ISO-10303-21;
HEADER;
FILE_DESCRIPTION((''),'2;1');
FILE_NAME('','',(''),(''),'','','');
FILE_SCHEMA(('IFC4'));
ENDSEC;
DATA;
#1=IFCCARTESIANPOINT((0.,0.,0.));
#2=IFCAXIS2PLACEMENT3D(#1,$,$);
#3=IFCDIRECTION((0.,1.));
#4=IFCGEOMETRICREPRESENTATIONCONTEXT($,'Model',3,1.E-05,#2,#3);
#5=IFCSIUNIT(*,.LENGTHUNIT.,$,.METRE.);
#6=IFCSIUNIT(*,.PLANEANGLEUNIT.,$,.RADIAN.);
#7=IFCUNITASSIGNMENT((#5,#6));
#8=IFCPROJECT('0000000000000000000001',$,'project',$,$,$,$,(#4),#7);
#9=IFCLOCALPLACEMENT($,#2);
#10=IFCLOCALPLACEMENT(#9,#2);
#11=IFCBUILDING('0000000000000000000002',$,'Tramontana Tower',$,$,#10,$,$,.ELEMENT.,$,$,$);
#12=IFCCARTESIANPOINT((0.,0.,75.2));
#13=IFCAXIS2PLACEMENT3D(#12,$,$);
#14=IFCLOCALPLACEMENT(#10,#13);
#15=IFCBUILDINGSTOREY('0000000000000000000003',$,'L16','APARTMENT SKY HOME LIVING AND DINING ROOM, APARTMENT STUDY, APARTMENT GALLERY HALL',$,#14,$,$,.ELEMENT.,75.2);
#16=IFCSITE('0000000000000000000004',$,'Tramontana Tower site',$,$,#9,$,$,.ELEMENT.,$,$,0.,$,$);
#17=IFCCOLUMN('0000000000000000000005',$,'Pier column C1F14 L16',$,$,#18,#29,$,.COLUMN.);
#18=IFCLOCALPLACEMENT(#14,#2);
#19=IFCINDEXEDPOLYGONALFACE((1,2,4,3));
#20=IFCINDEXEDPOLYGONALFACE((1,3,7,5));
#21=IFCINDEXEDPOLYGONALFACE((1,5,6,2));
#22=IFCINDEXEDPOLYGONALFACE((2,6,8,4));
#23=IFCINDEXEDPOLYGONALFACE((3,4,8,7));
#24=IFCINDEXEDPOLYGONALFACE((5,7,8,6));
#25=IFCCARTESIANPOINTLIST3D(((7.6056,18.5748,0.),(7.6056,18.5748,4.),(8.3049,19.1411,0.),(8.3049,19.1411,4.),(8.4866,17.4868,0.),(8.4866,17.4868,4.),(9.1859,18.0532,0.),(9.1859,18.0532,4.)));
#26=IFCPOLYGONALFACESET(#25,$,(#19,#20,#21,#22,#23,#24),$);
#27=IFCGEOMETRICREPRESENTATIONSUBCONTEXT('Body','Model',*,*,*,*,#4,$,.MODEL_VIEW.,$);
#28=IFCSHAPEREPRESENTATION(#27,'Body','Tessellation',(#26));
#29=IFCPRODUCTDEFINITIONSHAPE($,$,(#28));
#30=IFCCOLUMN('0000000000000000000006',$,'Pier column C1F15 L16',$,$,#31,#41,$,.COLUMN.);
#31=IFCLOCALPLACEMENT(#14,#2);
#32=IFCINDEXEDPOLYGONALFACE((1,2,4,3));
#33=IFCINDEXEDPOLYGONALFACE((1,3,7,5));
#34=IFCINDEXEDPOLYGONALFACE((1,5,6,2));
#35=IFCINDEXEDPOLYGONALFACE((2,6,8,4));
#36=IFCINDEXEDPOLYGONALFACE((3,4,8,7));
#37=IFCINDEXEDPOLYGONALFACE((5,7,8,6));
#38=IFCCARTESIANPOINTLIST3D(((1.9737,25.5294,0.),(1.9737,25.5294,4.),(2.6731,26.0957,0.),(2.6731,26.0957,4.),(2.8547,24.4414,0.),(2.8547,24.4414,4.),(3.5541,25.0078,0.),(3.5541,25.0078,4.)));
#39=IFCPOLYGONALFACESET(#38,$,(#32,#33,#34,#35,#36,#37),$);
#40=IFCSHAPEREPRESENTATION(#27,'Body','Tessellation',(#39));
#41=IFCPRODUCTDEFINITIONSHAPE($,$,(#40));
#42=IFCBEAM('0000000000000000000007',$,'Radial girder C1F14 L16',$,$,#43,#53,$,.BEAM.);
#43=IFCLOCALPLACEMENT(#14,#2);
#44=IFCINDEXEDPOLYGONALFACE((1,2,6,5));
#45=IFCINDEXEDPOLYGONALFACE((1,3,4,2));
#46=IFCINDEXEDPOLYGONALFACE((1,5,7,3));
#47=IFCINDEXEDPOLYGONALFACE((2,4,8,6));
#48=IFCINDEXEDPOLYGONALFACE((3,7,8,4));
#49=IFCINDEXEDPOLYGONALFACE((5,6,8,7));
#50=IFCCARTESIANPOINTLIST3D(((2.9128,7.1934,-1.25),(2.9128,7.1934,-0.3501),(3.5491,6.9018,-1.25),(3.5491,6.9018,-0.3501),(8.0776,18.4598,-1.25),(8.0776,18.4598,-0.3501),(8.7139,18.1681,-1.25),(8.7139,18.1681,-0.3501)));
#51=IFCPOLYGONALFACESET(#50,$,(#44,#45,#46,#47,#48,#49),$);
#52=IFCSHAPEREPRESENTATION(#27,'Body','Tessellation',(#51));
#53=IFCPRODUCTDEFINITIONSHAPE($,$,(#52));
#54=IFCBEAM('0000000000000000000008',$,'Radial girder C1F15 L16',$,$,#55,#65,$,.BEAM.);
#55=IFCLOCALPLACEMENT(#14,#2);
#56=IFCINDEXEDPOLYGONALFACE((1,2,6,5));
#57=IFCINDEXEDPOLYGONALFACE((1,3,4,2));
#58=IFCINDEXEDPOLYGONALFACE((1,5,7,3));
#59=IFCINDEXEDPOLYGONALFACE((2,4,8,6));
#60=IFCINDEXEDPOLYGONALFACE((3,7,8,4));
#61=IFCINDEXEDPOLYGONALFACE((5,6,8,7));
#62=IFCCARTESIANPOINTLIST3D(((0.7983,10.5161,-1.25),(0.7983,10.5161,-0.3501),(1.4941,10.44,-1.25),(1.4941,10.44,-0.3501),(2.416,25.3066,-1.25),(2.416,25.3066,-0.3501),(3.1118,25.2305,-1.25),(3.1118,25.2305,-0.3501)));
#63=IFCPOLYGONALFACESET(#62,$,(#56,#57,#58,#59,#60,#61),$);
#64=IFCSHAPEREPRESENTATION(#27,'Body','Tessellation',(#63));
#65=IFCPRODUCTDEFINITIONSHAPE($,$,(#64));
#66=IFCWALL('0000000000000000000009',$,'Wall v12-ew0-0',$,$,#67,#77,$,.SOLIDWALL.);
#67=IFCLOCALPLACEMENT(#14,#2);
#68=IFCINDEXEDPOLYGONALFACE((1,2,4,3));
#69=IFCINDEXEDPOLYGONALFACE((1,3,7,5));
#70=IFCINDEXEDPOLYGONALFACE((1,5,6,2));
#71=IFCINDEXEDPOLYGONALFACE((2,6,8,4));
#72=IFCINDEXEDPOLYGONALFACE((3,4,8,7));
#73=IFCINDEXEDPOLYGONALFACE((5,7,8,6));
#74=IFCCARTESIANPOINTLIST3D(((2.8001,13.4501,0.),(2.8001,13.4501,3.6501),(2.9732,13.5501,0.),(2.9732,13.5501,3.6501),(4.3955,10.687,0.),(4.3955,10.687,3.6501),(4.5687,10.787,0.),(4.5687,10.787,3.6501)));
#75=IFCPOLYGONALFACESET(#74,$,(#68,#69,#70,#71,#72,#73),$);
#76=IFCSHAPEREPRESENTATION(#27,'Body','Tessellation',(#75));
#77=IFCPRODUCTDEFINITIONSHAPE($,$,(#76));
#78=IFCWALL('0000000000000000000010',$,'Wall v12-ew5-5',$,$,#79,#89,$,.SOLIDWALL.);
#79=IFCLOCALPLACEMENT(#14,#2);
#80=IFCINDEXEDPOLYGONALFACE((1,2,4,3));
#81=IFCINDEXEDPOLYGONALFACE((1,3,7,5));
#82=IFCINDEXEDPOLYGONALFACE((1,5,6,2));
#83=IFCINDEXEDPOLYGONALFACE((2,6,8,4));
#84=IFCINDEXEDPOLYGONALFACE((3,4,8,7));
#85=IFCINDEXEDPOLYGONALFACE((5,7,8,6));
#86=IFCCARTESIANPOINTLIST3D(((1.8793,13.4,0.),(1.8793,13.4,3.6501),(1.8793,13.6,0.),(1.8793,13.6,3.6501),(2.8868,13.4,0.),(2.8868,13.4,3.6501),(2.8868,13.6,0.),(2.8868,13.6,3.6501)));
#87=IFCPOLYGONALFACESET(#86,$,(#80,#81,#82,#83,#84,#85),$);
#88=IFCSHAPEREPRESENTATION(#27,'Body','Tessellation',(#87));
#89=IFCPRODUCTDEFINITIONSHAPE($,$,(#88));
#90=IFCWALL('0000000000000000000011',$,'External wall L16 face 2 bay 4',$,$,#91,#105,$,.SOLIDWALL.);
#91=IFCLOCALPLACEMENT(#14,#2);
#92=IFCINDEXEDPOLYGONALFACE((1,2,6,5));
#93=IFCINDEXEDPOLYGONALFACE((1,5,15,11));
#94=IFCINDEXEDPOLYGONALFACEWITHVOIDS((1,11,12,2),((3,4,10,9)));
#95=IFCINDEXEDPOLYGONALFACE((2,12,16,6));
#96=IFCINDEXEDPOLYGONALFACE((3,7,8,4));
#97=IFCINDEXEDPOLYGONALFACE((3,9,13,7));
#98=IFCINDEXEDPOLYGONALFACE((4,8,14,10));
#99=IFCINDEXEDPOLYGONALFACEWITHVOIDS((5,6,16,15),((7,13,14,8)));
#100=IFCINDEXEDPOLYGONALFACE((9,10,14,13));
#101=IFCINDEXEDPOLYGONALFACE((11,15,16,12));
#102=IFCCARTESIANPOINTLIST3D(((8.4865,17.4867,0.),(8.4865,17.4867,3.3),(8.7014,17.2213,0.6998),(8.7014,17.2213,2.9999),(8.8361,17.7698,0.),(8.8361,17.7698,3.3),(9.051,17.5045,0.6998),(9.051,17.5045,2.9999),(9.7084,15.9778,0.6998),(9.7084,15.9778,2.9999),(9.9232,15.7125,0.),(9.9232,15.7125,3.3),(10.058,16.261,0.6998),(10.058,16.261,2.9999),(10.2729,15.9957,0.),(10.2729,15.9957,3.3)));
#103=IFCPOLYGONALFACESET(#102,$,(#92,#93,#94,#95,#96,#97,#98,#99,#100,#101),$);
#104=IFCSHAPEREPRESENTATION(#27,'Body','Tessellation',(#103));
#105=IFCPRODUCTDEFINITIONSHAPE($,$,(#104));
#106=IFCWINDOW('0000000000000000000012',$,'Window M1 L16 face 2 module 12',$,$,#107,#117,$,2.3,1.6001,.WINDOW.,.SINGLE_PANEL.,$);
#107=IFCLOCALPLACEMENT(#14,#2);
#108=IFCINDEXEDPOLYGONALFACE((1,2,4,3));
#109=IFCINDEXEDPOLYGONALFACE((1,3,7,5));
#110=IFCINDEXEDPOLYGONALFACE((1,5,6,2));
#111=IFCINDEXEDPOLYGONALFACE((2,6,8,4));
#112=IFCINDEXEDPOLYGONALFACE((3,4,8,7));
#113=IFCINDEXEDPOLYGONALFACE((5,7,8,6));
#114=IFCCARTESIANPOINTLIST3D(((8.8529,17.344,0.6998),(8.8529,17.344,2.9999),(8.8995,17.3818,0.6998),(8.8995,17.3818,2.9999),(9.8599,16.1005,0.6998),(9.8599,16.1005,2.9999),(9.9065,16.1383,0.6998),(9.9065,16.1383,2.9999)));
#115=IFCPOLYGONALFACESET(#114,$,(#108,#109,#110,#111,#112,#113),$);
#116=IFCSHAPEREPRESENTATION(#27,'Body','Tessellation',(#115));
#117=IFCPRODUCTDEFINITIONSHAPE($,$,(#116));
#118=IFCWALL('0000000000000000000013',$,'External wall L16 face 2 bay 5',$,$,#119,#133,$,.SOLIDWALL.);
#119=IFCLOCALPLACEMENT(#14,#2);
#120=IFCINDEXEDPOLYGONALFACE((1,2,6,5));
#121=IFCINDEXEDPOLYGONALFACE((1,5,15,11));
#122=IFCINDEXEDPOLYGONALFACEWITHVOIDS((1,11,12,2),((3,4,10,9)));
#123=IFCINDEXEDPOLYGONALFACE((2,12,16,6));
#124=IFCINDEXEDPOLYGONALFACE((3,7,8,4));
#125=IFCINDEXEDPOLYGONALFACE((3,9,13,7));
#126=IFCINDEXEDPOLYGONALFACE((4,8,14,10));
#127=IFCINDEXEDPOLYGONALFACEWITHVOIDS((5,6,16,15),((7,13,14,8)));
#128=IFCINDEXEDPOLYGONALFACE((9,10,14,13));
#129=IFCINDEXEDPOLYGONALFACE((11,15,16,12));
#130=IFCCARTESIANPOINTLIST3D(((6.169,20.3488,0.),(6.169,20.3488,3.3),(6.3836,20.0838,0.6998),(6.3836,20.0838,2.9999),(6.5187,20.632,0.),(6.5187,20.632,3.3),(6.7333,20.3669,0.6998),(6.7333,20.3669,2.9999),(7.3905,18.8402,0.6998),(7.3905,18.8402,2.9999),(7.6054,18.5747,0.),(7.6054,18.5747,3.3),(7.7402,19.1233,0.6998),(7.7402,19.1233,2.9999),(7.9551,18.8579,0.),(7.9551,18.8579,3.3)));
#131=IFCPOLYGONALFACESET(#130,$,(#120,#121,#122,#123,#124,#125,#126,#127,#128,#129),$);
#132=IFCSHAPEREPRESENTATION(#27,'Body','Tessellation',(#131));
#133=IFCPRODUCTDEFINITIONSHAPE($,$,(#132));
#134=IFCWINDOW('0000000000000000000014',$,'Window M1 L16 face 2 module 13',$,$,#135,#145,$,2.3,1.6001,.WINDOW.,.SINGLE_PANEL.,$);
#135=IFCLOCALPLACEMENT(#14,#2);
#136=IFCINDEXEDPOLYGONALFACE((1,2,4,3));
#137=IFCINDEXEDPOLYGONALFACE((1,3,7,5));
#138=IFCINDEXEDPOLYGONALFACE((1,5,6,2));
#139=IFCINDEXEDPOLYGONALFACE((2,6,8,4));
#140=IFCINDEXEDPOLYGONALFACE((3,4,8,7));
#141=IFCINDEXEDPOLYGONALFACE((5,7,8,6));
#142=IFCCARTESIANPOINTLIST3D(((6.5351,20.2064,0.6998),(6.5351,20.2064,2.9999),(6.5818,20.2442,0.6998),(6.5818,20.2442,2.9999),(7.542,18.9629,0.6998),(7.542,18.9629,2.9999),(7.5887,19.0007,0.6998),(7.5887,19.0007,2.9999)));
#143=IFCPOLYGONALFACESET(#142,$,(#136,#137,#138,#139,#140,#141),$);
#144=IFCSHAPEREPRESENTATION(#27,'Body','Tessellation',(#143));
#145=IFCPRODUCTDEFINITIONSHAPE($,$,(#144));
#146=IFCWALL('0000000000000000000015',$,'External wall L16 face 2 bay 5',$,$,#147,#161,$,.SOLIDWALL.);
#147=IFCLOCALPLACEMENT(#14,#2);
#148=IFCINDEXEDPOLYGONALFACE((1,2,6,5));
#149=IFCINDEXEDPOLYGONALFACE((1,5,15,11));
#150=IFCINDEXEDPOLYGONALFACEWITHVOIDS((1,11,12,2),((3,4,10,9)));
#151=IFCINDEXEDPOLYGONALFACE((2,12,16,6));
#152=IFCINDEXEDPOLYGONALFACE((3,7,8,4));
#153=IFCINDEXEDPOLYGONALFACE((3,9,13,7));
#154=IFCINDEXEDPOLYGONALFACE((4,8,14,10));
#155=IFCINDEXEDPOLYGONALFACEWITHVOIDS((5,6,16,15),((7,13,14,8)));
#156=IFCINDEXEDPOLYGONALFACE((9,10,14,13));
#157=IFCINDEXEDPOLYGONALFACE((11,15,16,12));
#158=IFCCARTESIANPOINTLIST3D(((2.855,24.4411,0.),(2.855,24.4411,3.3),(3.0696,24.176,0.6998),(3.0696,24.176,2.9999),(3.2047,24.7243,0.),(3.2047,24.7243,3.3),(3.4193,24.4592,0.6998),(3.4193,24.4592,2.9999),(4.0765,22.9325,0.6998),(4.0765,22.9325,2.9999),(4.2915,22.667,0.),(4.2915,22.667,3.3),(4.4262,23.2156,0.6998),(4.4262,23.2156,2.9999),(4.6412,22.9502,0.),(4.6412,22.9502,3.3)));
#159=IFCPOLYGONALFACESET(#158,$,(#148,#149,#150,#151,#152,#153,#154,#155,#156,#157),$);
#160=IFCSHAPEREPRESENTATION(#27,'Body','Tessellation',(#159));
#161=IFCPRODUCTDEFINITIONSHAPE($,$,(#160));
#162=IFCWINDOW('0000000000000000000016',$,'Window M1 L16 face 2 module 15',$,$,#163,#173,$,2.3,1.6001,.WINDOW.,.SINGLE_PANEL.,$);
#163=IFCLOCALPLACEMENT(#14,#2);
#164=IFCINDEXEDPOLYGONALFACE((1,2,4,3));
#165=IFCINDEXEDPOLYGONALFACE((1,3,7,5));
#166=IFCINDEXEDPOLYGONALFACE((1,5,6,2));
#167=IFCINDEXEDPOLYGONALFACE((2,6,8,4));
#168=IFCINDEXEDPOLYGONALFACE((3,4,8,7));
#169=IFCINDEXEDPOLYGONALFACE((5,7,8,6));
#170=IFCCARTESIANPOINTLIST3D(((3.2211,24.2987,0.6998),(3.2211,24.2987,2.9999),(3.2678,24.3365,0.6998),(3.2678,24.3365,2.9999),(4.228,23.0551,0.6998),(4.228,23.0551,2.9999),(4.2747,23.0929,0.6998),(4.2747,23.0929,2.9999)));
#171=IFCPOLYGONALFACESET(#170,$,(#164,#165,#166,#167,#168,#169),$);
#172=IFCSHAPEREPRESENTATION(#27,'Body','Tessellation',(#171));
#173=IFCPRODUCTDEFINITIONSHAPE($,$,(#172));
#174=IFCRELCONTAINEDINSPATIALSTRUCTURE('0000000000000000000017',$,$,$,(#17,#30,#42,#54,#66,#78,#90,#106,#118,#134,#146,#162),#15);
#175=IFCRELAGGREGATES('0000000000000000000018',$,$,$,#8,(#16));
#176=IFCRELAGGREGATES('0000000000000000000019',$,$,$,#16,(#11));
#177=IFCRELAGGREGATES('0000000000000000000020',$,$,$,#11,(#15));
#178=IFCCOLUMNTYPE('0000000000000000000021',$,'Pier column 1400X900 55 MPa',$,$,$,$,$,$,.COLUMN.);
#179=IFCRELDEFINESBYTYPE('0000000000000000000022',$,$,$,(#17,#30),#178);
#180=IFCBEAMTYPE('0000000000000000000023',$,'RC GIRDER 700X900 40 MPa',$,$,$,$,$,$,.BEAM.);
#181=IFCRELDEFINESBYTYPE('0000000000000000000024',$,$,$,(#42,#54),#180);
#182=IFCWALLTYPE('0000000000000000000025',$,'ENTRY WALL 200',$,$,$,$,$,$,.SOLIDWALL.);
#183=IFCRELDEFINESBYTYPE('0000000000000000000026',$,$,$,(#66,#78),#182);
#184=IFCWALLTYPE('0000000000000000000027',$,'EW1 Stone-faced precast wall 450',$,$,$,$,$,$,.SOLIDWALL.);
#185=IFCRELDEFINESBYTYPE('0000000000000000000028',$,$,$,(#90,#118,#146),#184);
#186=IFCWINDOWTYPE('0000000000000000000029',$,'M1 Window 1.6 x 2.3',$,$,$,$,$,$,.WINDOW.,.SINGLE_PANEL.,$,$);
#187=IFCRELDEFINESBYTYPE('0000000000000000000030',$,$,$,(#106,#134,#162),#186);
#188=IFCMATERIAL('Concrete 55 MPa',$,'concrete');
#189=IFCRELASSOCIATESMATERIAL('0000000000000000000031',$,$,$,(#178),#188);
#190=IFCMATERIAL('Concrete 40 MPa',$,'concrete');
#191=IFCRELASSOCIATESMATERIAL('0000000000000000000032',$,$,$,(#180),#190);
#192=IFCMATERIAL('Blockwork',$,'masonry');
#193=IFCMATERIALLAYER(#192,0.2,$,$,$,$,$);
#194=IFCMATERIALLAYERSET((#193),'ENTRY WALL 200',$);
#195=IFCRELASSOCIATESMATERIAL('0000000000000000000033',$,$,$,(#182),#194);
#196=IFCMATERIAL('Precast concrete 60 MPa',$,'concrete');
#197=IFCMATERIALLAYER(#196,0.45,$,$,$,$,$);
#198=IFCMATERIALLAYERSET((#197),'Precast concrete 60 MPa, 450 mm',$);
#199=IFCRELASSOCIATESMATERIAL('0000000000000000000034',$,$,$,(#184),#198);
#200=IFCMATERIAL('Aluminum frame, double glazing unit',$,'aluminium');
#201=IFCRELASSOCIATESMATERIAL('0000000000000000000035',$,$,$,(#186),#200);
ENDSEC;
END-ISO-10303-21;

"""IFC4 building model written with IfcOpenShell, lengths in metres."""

from ifc_helpers import new_model, si_unit, direction, frame, frame_2d, origin, origin_2d, place, context, subcontext, project, spatial, rectangle, extrude, material, layer, layer_set, material_profile, profile_set, type_object, element, fill, save


model = new_model("IFC4")

# Units and contexts
model_context = context("Model", 3, precision=1e-05, world=origin(), true_north=direction((0.0, 1.0)))
body_context = subcontext(model_context, "Body", "Model", "MODEL_VIEW")
ifc_project = project(units=[si_unit("LENGTHUNIT", "METRE"), si_unit("PLANEANGLEUNIT", "RADIAN")], contexts=[model_context])

# Site, building, storey
site_placement = place(None, origin())
site = spatial("IfcSite", under=ifc_project, at=site_placement, Name="Tramontana Tower site", CompositionType="ELEMENT", RefElevation=0.0)
building_placement = place(site_placement, origin())
building = spatial("IfcBuilding", under=site, at=building_placement, Name="Tramontana Tower", CompositionType="ELEMENT")
storey_placement = place(building_placement, frame((0.0, 0.0, 75.2)))
storey = spatial("IfcBuildingStorey", under=building, at=storey_placement, Name="L16", Description="APARTMENT SKY HOME LIVING AND DINING ROOM, APARTMENT STUDY, APARTMENT GALLERY HALL", CompositionType="ELEMENT", Elevation=75.2)

# Columns
ifc_material_1 = material(Name="Concrete 55 MPa", Category="concrete")
ifc_material_profile_1 = material_profile(ifc_material_1, rectangle(XDim=1.3999, YDim=0.8999, at=origin_2d()), Name="Pier column 1400X900 55 MPa")
ifc_profile_set_1 = profile_set([ifc_material_profile_1], Name="Concrete 55 MPa")
column_type = type_object("IfcColumnType", Name="Pier column 1400X900 55 MPa", PredefinedType="COLUMN", material=ifc_profile_set_1)
for number, where, z_axis, x_axis, name in (
    (1, (8.3958, 18.314, 0.0), (0.0, 0.0, 1.0), (-0.62932, 0.777146, 0.0), "Pier column C1F14 L16"),
    (2, (2.7639, 25.2686, 0.0), (0.0, 0.0, 1.0), (-0.62932, 0.777146, 0.0), "Pier column C1F15 L16"),
):
    element("IfcColumn", number, at=place(storey_placement, frame(where, z_axis=z_axis, x_axis=x_axis)), inside=storey, type_object=column_type, Name=name, PredefinedType="COLUMN", context=body_context, shape_type="SweptSolid", body=[
        extrude(rectangle(XDim=1.3999, YDim=0.8999, at=origin_2d()), origin(), (0.0, 0.0, 1.0), 4.0),
    ])

# Beams
ifc_material_2 = material(Name="Concrete 40 MPa", Category="concrete")
ifc_material_profile_2 = material_profile(ifc_material_2, rectangle(XDim=0.7, YDim=0.8999, at=origin_2d()), Name="RC GIRDER 700X900 40 MPa")
ifc_profile_set_2 = profile_set([ifc_material_profile_2], Name="Concrete 40 MPa")
beam_type = type_object("IfcBeamType", Name="RC GIRDER 700X900 40 MPa", PredefinedType="BEAM", material=ifc_profile_set_2)
beam_1_placement = place(storey_placement, frame((8.3958, 18.314, -0.8), z_axis=(-0.416725, -0.909033, 0.0), x_axis=(0.909033, -0.416725, 0.0)))
element("IfcBeam", 3, at=beam_1_placement, inside=storey, type_object=beam_type, Name="Radial girder C1F14 L16", PredefinedType="BEAM", context=body_context, shape_type="SweptSolid", body=[
    extrude(rectangle(XDim=0.7, YDim=0.8999, at=origin_2d()), origin(), (0.0, 0.0, 1.0), 12.3938),
])
beam_2_placement = place(storey_placement, frame((2.7639, 25.2686, -0.8), z_axis=(-0.108724, -0.994072, 0.0), x_axis=(0.994072, -0.108724, 0.0)))
element("IfcBeam", 4, at=beam_2_placement, inside=storey, type_object=beam_type, Name="Radial girder C1F15 L16", PredefinedType="BEAM", context=body_context, shape_type="SweptSolid", body=[
    extrude(rectangle(XDim=0.7, YDim=0.8999, at=origin_2d()), origin(), (0.0, 0.0, 1.0), 14.8787),
])

# Walls
ifc_material_3 = material(Name="Blockwork", Category="masonry")
ifc_layer_1 = layer(ifc_material_3, 0.2)
ifc_layer_set_1 = layer_set([ifc_layer_1], Name="ENTRY WALL 200")
wall_type_1 = type_object("IfcWallType", Name="ENTRY WALL 200", PredefinedType="SOLIDWALL", material=ifc_layer_set_1)
wall_1_placement = place(storey_placement, frame((2.8867, 13.5, 0.0), z_axis=(0.0, 0.0, 1.0), x_axis=(0.500032, -0.866007, 0.0)))
element("IfcWall", 5, at=wall_1_placement, inside=storey, type_object=wall_type_1, Name="Wall v12-ew0-0", PredefinedType="SOLIDWALL", context=body_context, shape_type="SweptSolid", body=[
    extrude(rectangle(XDim=3.1907, YDim=0.2, at=frame_2d((1.5952, 0.0))), origin(), (0.0, 0.0, 1.0), 3.6501),
])
wall_2_placement = place(storey_placement, frame((1.8792, 13.5, 0.0), z_axis=(0.0, 0.0, 1.0), x_axis=(1.0, 0.0, 0.0)))
element("IfcWall", 6, at=wall_2_placement, inside=storey, type_object=wall_type_1, Name="Wall v12-ew5-5", PredefinedType="SOLIDWALL", context=body_context, shape_type="SweptSolid", body=[
    extrude(rectangle(XDim=1.0076, YDim=0.2, at=frame_2d((0.5039, 0.0))), origin(), (0.0, 0.0, 1.0), 3.6501),
])

# Walls, openings, windows
ifc_material_4 = material(Name="Precast concrete 60 MPa", Category="concrete")
ifc_layer_2 = layer(ifc_material_4, 0.45)
ifc_layer_set_2 = layer_set([ifc_layer_2], Name="Precast concrete 60 MPa, 450 mm")
wall_type_2 = type_object("IfcWallType", Name="EW1 Stone-faced precast wall 450", PredefinedType="SOLIDWALL", material=ifc_layer_set_2)
wall_3_placement = place(storey_placement, frame((10.0981, 15.854, 0.0), z_axis=(0.0, 0.0, 1.0), x_axis=(-0.62934, 0.77713, 0.0)))
wall_3 = element("IfcWall", 7, at=wall_3_placement, inside=storey, type_object=wall_type_2, Name="External wall L16 face 2 bay 4", PredefinedType="SOLIDWALL", context=body_context, shape_type="SweptSolid", body=[
    extrude(rectangle(XDim=2.283, YDim=0.45, at=frame_2d((1.1416, 0.0))), origin(), (0.0, 0.0, 1.0), 3.3),
])
opening_1_placement = place(wall_3_placement, frame((0.3416, 0.0, 0.7)))
opening_1 = element("IfcOpeningElement", 8, at=opening_1_placement, cuts=wall_3, PredefinedType="OPENING", context=body_context, shape_type="SweptSolid", body=[
    extrude(rectangle(XDim=1.6001, YDim=2.3, at=frame_2d((0.8, 1.1499))), frame((0.0, 0.2349, 0.0), z_axis=(0.0, -1.0, 0.0), x_axis=(1.0, 0.0, 0.0)), (0.0, 0.0, 1.0), 0.47),
])
ifc_material_5 = material(Name="Aluminum frame, double glazing unit", Category="aluminium")
window_type_1 = type_object("IfcWindowType", Name="M1 Window 1.6 x 2.3", PartitioningType="SINGLE_PANEL", PredefinedType="WINDOW", material=ifc_material_5)
window_1_placement = place(opening_1_placement, origin())
window_1 = element("IfcWindow", 9, at=window_1_placement, inside=storey, type_object=window_type_1, Name="Window M1 L16 face 2 module 12", OverallHeight=2.3, OverallWidth=1.6001, PartitioningType="SINGLE_PANEL", PredefinedType="WINDOW", context=body_context, shape_type="SweptSolid", body=[
    extrude(rectangle(XDim=1.6001, YDim=2.3, at=frame_2d((0.8, 1.1499))), frame((0.0, 0.03, 0.0), z_axis=(0.0, -1.0, 0.0), x_axis=(1.0, 0.0, 0.0)), (0.0, 0.0, 1.0), 0.0601),
])
fill(opening_1, window_1)
wall_4_placement = place(storey_placement, frame((7.7803, 18.7163, 0.0), z_axis=(0.0, 0.0, 1.0), x_axis=(-0.629275, 0.777183, 0.0)))
wall_4 = element("IfcWall", 10, at=wall_4_placement, inside=storey, type_object=wall_type_2, Name="External wall L16 face 2 bay 5", PredefinedType="SOLIDWALL", context=body_context, shape_type="SweptSolid", body=[
    extrude(rectangle(XDim=2.2827, YDim=0.45, at=frame_2d((1.1414, 0.0))), origin(), (0.0, 0.0, 1.0), 3.3),
])
opening_2_placement = place(wall_4_placement, frame((0.3416, 0.0, 0.7)))
opening_2 = element("IfcOpeningElement", 11, at=opening_2_placement, cuts=wall_4, PredefinedType="OPENING", context=body_context, shape_type="SweptSolid", body=[
    extrude(rectangle(XDim=1.6001, YDim=2.3, at=frame_2d((0.8, 1.1499))), frame((0.0, 0.2349, 0.0), z_axis=(0.0, -1.0, 0.0), x_axis=(1.0, 0.0, 0.0)), (0.0, 0.0, 1.0), 0.47),
])
window_2_placement = place(opening_2_placement, origin())
window_2 = element("IfcWindow", 12, at=window_2_placement, inside=storey, type_object=window_type_1, Name="Window M1 L16 face 2 module 13", OverallHeight=2.3, OverallWidth=1.6001, PartitioningType="SINGLE_PANEL", PredefinedType="WINDOW", context=body_context, shape_type="SweptSolid", body=[
    extrude(rectangle(XDim=1.6001, YDim=2.3, at=frame_2d((0.8, 1.1499))), frame((0.0, 0.03, 0.0), z_axis=(0.0, -1.0, 0.0), x_axis=(1.0, 0.0, 0.0)), (0.0, 0.0, 1.0), 0.0601),
])
fill(opening_2, window_2)
wall_5_placement = place(storey_placement, frame((4.4663, 22.8086, 0.0), z_axis=(0.0, 0.0, 1.0), x_axis=(-0.629275, 0.777183, 0.0)))
wall_5 = element("IfcWall", 13, at=wall_5_placement, inside=storey, type_object=wall_type_2, Name="External wall L16 face 2 bay 5", PredefinedType="SOLIDWALL", context=body_context, shape_type="SweptSolid", body=[
    extrude(rectangle(XDim=2.2827, YDim=0.45, at=frame_2d((1.1414, 0.0))), origin(), (0.0, 0.0, 1.0), 3.3),
])
opening_3_placement = place(wall_5_placement, frame((0.3416, 0.0, 0.7)))
opening_3 = element("IfcOpeningElement", 14, at=opening_3_placement, cuts=wall_5, PredefinedType="OPENING", context=body_context, shape_type="SweptSolid", body=[
    extrude(rectangle(XDim=1.6001, YDim=2.3, at=frame_2d((0.8, 1.1499))), frame((0.0, 0.2349, 0.0), z_axis=(0.0, -1.0, 0.0), x_axis=(1.0, 0.0, 0.0)), (0.0, 0.0, 1.0), 0.47),
])
window_3_placement = place(opening_3_placement, origin())
window_3 = element("IfcWindow", 15, at=window_3_placement, inside=storey, type_object=window_type_1, Name="Window M1 L16 face 2 module 15", OverallHeight=2.3, OverallWidth=1.6001, PartitioningType="SINGLE_PANEL", PredefinedType="WINDOW", context=body_context, shape_type="SweptSolid", body=[
    extrude(rectangle(XDim=1.6001, YDim=2.3, at=frame_2d((0.8, 1.1499))), frame((0.0, 0.03, 0.0), z_axis=(0.0, -1.0, 0.0), x_axis=(1.0, 0.0, 0.0)), (0.0, 0.0, 1.0), 0.0601),
])
fill(opening_3, window_3)

save(model, "model.ifc")
